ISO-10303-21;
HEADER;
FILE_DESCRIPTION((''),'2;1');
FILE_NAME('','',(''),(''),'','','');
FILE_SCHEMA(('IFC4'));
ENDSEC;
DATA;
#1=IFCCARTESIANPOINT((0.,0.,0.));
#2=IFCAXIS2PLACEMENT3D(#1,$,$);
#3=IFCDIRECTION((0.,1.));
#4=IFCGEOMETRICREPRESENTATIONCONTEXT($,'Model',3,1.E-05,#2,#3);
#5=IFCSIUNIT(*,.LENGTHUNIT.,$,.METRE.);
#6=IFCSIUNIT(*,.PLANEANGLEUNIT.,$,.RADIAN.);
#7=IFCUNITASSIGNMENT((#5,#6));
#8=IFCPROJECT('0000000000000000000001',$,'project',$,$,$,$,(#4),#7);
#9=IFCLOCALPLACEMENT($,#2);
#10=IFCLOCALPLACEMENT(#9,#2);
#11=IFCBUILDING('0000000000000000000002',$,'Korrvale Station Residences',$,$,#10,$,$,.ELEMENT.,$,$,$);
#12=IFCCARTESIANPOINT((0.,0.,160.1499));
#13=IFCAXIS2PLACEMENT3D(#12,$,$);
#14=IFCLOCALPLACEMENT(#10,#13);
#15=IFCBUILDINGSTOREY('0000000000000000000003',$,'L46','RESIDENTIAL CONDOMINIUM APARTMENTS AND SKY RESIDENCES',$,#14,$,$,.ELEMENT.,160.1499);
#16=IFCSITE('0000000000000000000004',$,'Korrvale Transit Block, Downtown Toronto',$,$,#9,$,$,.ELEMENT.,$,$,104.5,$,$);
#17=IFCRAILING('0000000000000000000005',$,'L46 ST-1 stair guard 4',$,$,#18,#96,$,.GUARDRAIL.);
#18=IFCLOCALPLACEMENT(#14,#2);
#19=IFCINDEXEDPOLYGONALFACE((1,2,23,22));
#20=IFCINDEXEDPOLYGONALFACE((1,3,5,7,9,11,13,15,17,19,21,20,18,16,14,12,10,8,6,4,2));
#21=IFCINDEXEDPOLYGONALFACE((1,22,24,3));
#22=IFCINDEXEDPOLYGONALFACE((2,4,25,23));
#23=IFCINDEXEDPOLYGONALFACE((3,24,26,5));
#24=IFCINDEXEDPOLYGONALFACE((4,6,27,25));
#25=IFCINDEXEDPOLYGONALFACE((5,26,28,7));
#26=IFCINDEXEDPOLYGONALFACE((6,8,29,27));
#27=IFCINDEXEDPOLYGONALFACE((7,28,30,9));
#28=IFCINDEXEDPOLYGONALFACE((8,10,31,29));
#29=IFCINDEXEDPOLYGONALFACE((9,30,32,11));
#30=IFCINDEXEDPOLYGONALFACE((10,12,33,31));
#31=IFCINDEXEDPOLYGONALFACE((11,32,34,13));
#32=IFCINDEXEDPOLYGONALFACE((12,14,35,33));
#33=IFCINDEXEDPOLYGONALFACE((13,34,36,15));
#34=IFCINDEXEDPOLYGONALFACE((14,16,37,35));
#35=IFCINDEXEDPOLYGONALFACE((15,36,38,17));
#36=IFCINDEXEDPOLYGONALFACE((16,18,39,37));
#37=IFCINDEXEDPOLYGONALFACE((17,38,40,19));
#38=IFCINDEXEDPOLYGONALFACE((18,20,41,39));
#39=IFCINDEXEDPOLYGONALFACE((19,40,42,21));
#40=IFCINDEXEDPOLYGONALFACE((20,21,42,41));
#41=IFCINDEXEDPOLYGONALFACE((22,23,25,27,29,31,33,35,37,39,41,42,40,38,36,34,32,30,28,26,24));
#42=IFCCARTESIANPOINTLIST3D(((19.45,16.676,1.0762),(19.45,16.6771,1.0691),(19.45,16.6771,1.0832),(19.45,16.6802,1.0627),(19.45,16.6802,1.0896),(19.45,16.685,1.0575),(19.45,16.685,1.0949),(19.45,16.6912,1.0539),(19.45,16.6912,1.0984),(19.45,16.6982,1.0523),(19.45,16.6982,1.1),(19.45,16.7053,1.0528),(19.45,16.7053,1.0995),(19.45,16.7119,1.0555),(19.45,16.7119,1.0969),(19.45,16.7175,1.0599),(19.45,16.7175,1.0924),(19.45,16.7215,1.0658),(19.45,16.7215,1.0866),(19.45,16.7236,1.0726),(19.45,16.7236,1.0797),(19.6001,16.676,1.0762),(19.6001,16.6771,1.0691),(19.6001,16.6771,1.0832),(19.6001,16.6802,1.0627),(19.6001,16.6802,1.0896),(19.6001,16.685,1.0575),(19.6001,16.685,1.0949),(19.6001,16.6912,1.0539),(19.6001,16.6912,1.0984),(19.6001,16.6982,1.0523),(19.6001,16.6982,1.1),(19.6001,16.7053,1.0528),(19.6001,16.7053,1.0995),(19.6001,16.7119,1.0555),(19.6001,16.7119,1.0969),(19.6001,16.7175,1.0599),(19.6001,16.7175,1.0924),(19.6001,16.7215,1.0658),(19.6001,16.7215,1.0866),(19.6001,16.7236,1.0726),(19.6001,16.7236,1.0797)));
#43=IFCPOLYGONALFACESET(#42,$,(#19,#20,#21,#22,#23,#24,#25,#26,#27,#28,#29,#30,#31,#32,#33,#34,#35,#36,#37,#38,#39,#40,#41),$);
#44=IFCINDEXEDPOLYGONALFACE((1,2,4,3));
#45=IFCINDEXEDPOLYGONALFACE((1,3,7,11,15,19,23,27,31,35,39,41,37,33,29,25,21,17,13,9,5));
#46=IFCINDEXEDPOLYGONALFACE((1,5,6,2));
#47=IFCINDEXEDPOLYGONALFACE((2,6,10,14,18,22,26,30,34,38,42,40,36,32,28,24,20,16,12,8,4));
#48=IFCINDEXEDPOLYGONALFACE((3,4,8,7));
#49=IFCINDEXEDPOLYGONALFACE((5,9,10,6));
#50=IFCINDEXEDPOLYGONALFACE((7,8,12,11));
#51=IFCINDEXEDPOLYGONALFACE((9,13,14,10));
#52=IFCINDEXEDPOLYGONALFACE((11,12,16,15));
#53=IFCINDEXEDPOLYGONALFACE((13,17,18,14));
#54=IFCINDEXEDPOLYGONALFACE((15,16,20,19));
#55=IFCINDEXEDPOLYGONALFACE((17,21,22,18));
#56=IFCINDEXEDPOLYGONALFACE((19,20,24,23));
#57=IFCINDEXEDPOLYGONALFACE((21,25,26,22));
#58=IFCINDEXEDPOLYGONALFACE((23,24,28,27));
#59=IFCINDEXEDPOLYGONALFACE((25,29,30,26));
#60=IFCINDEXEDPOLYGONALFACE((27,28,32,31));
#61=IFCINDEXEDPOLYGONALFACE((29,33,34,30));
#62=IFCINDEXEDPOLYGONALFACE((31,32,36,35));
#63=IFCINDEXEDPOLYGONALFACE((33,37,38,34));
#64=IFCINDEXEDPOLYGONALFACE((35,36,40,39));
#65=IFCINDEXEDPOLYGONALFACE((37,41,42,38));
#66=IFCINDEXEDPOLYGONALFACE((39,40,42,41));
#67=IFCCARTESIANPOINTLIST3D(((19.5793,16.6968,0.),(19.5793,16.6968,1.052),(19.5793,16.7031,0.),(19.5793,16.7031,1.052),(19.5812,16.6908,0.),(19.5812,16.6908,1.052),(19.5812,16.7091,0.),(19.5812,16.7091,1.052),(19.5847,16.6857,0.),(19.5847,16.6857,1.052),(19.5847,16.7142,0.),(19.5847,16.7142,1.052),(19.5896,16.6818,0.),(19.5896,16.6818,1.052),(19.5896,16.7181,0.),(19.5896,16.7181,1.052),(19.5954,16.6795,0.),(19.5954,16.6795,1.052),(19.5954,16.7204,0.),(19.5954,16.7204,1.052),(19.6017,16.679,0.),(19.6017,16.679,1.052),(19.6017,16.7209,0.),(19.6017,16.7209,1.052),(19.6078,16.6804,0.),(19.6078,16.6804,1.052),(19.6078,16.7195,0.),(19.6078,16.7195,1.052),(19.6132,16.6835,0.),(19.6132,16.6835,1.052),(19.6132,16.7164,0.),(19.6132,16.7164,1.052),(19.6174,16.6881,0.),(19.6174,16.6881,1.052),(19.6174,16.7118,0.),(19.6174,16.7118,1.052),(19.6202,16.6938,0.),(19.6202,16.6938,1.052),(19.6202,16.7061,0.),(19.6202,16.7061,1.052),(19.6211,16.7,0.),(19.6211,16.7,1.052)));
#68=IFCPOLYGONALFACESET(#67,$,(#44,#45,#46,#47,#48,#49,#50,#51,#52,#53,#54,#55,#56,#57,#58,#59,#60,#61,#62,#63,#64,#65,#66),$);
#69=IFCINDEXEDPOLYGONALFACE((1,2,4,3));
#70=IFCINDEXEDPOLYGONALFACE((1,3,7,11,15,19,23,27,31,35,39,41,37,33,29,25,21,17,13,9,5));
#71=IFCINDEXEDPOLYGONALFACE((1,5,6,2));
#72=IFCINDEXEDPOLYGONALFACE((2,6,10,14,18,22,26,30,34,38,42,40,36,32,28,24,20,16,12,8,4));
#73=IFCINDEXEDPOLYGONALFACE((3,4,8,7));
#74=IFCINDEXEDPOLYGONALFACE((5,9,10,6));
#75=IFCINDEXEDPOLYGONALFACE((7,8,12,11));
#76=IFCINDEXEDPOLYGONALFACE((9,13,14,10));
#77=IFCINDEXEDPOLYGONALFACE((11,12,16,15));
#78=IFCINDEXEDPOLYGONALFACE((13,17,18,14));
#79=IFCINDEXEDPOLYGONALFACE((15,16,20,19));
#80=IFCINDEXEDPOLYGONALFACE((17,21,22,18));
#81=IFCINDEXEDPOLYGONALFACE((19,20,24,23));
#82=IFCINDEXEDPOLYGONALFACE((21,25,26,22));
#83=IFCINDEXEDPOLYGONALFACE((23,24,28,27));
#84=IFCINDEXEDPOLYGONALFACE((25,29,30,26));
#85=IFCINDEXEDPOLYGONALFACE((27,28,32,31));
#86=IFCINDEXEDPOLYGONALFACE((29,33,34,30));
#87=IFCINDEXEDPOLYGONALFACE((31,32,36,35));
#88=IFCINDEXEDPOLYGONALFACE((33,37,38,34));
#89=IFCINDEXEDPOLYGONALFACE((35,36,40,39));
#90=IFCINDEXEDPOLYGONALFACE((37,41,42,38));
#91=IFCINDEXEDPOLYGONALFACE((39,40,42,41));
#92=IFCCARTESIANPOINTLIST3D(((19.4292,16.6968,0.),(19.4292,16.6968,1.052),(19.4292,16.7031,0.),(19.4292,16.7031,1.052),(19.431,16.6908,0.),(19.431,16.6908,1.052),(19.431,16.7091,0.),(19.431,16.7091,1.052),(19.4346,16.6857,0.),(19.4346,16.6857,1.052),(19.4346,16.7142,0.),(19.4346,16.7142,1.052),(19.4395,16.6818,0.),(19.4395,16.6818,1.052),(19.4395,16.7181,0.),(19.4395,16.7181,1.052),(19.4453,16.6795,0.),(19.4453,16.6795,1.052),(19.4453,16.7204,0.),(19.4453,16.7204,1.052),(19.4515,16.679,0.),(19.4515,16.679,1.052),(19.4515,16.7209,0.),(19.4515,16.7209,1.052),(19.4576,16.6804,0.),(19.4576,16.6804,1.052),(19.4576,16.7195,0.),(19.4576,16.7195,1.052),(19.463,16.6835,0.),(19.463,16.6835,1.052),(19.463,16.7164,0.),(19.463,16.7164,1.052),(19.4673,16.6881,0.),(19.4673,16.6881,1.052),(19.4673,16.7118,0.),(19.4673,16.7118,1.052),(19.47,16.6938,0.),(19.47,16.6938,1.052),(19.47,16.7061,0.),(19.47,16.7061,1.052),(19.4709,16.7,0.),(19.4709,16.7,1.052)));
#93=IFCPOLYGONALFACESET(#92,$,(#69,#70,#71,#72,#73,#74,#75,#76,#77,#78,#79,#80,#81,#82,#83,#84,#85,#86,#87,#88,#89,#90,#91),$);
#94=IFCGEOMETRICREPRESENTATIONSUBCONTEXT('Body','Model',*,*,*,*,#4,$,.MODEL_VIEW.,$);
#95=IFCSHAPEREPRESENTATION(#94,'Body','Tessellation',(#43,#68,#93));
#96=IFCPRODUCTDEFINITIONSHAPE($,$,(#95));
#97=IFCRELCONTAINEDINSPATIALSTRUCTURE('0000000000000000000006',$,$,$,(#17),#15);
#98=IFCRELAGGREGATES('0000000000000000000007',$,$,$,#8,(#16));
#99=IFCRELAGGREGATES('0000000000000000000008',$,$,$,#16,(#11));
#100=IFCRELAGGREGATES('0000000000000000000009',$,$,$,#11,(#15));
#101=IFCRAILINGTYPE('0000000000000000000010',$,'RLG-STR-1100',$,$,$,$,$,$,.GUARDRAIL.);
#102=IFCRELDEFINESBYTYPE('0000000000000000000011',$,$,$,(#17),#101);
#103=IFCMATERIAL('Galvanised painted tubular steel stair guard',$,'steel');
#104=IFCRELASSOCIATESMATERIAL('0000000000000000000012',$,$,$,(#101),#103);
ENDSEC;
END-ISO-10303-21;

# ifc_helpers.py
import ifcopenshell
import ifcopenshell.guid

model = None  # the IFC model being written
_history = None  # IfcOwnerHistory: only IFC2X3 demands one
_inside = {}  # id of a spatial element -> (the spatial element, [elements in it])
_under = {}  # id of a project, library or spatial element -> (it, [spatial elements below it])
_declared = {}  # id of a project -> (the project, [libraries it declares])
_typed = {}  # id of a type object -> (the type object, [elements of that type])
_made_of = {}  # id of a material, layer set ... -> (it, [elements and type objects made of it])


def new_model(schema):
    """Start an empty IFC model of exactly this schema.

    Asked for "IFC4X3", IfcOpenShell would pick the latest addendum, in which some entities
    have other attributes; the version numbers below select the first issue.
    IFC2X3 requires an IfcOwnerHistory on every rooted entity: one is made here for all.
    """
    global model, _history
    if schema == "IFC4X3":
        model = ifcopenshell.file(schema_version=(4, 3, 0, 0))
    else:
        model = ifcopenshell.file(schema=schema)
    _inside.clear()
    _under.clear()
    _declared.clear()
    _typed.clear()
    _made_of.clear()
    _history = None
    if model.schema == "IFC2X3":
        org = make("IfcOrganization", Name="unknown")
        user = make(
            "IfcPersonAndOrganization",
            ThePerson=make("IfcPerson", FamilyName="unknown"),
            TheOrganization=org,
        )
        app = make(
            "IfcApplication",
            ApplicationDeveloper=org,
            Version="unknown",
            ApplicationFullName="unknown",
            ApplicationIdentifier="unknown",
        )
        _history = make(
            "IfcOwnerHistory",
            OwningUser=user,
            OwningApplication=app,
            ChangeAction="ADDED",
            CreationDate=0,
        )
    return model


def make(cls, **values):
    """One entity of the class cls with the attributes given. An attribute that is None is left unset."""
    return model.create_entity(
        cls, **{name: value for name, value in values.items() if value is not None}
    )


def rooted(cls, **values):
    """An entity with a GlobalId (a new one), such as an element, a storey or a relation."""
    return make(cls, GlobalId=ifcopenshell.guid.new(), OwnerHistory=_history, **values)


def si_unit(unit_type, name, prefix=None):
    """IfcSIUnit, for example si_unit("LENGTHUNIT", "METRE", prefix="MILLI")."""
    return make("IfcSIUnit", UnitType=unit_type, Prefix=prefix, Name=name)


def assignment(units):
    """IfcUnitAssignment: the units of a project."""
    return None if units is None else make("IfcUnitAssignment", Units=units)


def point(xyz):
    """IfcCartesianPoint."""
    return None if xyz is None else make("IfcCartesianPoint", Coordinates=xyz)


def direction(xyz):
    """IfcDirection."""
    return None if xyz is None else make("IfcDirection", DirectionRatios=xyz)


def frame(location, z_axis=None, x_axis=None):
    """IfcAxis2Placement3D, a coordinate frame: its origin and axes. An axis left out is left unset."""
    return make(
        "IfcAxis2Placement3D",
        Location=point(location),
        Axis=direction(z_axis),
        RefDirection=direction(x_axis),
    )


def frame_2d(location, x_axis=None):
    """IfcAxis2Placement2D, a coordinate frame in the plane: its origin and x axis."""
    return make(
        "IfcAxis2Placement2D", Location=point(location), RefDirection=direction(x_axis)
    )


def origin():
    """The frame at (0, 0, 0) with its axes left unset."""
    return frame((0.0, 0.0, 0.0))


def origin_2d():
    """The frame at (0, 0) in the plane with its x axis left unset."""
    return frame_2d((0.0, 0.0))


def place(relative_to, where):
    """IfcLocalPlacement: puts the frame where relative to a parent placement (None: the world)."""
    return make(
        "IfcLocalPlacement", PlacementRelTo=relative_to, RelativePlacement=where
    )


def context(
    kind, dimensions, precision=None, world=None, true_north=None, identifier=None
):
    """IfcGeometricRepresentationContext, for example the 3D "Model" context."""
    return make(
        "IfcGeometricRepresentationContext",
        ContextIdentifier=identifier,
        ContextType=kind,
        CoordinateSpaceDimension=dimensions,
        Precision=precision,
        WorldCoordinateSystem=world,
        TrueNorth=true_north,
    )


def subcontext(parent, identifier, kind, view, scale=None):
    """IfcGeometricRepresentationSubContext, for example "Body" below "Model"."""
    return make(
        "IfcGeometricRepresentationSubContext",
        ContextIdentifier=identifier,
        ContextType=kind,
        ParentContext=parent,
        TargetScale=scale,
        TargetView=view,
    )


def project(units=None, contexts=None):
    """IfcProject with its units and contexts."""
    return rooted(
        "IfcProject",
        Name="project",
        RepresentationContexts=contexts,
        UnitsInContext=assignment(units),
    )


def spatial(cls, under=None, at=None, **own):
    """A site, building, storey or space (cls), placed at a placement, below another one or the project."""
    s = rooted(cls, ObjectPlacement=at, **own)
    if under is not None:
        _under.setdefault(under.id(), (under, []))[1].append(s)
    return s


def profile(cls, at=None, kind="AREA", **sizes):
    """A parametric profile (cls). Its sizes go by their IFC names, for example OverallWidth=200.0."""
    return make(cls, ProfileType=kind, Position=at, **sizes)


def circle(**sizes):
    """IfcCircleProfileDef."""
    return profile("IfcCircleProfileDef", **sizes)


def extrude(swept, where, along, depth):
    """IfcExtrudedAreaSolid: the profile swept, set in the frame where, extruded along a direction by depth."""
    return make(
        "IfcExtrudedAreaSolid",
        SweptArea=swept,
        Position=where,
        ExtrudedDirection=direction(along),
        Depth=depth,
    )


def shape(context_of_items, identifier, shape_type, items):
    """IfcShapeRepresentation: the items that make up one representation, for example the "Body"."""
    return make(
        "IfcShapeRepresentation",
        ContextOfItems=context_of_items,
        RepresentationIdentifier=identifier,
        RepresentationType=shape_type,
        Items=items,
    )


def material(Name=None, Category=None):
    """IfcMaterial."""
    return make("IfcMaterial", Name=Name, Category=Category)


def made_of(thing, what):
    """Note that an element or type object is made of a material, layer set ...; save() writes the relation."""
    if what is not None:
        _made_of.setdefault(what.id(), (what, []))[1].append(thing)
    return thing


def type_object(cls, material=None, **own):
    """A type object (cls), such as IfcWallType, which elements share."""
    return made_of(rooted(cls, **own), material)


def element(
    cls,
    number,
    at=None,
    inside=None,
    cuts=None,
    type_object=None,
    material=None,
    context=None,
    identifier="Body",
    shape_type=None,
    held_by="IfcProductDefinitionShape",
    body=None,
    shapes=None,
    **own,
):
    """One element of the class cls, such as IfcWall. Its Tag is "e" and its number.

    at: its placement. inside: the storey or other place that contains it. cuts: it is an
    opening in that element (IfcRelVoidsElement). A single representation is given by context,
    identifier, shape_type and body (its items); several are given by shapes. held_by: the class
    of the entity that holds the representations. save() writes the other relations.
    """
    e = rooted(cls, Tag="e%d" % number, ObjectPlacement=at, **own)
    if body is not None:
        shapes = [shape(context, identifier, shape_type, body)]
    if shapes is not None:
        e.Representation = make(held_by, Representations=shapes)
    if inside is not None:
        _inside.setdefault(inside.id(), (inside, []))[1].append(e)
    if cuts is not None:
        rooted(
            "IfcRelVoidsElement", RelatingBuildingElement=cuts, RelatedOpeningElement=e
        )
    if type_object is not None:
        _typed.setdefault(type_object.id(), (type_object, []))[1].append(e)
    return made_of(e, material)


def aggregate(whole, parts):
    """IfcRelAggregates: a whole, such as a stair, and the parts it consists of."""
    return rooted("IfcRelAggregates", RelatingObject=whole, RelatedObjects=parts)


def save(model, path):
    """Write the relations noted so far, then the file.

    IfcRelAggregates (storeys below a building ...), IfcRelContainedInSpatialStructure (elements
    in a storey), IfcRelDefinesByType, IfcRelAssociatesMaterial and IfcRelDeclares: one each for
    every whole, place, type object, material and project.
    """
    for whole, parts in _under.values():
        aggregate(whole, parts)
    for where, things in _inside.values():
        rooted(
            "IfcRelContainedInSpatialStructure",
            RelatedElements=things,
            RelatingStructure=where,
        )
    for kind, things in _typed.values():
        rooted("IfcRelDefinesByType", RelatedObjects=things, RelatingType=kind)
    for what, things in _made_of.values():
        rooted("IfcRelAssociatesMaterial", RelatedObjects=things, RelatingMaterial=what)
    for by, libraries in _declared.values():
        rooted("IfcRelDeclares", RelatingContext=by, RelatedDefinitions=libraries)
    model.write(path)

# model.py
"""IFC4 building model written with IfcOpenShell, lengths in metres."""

from ifc_helpers import new_model, si_unit, direction, frame, origin, origin_2d, place, context, subcontext, project, spatial, circle, extrude, material, type_object, element, save


model = new_model("IFC4")

# Units and contexts
model_context = context("Model", 3, precision=1e-05, world=origin(), true_north=direction((0.0, 1.0)))
body_context = subcontext(model_context, "Body", "Model", "MODEL_VIEW")
ifc_project = project(units=[si_unit("LENGTHUNIT", "METRE"), si_unit("PLANEANGLEUNIT", "RADIAN")], contexts=[model_context])

# Site, building, storey
site_placement = place(None, origin())
site = spatial("IfcSite", under=ifc_project, at=site_placement, Name="Korrvale Transit Block, Downtown Toronto", CompositionType="ELEMENT", RefElevation=104.5)
building_placement = place(site_placement, origin())
building = spatial("IfcBuilding", under=site, at=building_placement, Name="Korrvale Station Residences", CompositionType="ELEMENT")
storey_placement = place(building_placement, frame((0.0, 0.0, 160.1499)))
storey = spatial("IfcBuildingStorey", under=building, at=storey_placement, Name="L46", Description="RESIDENTIAL CONDOMINIUM APARTMENTS AND SKY RESIDENCES", CompositionType="ELEMENT", Elevation=160.1499)

# Railing
ifc_material_1 = material(Name="Galvanised painted tubular steel stair guard", Category="steel")
railing_type_1 = type_object("IfcRailingType", Name="RLG-STR-1100", PredefinedType="GUARDRAIL", material=ifc_material_1)
railing_1_placement = place(storey_placement, frame((19.6001, 16.7, 0.0)))
element("IfcRailing", 1, at=railing_1_placement, inside=storey, type_object=railing_type_1, Name="L46 ST-1 stair guard 4", PredefinedType="GUARDRAIL", context=body_context, shape_type="SweptSolid", body=[
    extrude(circle(Radius=0.0239, at=origin_2d()), frame((0.0, 0.0, 1.0762), z_axis=(-1.0, 0.0, 0.0), x_axis=(0.0, -1.0, 0.0)), (0.0, 0.0, 1.0), 0.1501),
    extrude(circle(Radius=0.021, at=origin_2d()), origin(), (0.0, 0.0, 1.0), 1.052),
    extrude(circle(Radius=0.021, at=origin_2d()), frame((-0.1501, 0.0, 0.0)), (0.0, 0.0, 1.0), 1.052),
])

save(model, "model.ifc")
